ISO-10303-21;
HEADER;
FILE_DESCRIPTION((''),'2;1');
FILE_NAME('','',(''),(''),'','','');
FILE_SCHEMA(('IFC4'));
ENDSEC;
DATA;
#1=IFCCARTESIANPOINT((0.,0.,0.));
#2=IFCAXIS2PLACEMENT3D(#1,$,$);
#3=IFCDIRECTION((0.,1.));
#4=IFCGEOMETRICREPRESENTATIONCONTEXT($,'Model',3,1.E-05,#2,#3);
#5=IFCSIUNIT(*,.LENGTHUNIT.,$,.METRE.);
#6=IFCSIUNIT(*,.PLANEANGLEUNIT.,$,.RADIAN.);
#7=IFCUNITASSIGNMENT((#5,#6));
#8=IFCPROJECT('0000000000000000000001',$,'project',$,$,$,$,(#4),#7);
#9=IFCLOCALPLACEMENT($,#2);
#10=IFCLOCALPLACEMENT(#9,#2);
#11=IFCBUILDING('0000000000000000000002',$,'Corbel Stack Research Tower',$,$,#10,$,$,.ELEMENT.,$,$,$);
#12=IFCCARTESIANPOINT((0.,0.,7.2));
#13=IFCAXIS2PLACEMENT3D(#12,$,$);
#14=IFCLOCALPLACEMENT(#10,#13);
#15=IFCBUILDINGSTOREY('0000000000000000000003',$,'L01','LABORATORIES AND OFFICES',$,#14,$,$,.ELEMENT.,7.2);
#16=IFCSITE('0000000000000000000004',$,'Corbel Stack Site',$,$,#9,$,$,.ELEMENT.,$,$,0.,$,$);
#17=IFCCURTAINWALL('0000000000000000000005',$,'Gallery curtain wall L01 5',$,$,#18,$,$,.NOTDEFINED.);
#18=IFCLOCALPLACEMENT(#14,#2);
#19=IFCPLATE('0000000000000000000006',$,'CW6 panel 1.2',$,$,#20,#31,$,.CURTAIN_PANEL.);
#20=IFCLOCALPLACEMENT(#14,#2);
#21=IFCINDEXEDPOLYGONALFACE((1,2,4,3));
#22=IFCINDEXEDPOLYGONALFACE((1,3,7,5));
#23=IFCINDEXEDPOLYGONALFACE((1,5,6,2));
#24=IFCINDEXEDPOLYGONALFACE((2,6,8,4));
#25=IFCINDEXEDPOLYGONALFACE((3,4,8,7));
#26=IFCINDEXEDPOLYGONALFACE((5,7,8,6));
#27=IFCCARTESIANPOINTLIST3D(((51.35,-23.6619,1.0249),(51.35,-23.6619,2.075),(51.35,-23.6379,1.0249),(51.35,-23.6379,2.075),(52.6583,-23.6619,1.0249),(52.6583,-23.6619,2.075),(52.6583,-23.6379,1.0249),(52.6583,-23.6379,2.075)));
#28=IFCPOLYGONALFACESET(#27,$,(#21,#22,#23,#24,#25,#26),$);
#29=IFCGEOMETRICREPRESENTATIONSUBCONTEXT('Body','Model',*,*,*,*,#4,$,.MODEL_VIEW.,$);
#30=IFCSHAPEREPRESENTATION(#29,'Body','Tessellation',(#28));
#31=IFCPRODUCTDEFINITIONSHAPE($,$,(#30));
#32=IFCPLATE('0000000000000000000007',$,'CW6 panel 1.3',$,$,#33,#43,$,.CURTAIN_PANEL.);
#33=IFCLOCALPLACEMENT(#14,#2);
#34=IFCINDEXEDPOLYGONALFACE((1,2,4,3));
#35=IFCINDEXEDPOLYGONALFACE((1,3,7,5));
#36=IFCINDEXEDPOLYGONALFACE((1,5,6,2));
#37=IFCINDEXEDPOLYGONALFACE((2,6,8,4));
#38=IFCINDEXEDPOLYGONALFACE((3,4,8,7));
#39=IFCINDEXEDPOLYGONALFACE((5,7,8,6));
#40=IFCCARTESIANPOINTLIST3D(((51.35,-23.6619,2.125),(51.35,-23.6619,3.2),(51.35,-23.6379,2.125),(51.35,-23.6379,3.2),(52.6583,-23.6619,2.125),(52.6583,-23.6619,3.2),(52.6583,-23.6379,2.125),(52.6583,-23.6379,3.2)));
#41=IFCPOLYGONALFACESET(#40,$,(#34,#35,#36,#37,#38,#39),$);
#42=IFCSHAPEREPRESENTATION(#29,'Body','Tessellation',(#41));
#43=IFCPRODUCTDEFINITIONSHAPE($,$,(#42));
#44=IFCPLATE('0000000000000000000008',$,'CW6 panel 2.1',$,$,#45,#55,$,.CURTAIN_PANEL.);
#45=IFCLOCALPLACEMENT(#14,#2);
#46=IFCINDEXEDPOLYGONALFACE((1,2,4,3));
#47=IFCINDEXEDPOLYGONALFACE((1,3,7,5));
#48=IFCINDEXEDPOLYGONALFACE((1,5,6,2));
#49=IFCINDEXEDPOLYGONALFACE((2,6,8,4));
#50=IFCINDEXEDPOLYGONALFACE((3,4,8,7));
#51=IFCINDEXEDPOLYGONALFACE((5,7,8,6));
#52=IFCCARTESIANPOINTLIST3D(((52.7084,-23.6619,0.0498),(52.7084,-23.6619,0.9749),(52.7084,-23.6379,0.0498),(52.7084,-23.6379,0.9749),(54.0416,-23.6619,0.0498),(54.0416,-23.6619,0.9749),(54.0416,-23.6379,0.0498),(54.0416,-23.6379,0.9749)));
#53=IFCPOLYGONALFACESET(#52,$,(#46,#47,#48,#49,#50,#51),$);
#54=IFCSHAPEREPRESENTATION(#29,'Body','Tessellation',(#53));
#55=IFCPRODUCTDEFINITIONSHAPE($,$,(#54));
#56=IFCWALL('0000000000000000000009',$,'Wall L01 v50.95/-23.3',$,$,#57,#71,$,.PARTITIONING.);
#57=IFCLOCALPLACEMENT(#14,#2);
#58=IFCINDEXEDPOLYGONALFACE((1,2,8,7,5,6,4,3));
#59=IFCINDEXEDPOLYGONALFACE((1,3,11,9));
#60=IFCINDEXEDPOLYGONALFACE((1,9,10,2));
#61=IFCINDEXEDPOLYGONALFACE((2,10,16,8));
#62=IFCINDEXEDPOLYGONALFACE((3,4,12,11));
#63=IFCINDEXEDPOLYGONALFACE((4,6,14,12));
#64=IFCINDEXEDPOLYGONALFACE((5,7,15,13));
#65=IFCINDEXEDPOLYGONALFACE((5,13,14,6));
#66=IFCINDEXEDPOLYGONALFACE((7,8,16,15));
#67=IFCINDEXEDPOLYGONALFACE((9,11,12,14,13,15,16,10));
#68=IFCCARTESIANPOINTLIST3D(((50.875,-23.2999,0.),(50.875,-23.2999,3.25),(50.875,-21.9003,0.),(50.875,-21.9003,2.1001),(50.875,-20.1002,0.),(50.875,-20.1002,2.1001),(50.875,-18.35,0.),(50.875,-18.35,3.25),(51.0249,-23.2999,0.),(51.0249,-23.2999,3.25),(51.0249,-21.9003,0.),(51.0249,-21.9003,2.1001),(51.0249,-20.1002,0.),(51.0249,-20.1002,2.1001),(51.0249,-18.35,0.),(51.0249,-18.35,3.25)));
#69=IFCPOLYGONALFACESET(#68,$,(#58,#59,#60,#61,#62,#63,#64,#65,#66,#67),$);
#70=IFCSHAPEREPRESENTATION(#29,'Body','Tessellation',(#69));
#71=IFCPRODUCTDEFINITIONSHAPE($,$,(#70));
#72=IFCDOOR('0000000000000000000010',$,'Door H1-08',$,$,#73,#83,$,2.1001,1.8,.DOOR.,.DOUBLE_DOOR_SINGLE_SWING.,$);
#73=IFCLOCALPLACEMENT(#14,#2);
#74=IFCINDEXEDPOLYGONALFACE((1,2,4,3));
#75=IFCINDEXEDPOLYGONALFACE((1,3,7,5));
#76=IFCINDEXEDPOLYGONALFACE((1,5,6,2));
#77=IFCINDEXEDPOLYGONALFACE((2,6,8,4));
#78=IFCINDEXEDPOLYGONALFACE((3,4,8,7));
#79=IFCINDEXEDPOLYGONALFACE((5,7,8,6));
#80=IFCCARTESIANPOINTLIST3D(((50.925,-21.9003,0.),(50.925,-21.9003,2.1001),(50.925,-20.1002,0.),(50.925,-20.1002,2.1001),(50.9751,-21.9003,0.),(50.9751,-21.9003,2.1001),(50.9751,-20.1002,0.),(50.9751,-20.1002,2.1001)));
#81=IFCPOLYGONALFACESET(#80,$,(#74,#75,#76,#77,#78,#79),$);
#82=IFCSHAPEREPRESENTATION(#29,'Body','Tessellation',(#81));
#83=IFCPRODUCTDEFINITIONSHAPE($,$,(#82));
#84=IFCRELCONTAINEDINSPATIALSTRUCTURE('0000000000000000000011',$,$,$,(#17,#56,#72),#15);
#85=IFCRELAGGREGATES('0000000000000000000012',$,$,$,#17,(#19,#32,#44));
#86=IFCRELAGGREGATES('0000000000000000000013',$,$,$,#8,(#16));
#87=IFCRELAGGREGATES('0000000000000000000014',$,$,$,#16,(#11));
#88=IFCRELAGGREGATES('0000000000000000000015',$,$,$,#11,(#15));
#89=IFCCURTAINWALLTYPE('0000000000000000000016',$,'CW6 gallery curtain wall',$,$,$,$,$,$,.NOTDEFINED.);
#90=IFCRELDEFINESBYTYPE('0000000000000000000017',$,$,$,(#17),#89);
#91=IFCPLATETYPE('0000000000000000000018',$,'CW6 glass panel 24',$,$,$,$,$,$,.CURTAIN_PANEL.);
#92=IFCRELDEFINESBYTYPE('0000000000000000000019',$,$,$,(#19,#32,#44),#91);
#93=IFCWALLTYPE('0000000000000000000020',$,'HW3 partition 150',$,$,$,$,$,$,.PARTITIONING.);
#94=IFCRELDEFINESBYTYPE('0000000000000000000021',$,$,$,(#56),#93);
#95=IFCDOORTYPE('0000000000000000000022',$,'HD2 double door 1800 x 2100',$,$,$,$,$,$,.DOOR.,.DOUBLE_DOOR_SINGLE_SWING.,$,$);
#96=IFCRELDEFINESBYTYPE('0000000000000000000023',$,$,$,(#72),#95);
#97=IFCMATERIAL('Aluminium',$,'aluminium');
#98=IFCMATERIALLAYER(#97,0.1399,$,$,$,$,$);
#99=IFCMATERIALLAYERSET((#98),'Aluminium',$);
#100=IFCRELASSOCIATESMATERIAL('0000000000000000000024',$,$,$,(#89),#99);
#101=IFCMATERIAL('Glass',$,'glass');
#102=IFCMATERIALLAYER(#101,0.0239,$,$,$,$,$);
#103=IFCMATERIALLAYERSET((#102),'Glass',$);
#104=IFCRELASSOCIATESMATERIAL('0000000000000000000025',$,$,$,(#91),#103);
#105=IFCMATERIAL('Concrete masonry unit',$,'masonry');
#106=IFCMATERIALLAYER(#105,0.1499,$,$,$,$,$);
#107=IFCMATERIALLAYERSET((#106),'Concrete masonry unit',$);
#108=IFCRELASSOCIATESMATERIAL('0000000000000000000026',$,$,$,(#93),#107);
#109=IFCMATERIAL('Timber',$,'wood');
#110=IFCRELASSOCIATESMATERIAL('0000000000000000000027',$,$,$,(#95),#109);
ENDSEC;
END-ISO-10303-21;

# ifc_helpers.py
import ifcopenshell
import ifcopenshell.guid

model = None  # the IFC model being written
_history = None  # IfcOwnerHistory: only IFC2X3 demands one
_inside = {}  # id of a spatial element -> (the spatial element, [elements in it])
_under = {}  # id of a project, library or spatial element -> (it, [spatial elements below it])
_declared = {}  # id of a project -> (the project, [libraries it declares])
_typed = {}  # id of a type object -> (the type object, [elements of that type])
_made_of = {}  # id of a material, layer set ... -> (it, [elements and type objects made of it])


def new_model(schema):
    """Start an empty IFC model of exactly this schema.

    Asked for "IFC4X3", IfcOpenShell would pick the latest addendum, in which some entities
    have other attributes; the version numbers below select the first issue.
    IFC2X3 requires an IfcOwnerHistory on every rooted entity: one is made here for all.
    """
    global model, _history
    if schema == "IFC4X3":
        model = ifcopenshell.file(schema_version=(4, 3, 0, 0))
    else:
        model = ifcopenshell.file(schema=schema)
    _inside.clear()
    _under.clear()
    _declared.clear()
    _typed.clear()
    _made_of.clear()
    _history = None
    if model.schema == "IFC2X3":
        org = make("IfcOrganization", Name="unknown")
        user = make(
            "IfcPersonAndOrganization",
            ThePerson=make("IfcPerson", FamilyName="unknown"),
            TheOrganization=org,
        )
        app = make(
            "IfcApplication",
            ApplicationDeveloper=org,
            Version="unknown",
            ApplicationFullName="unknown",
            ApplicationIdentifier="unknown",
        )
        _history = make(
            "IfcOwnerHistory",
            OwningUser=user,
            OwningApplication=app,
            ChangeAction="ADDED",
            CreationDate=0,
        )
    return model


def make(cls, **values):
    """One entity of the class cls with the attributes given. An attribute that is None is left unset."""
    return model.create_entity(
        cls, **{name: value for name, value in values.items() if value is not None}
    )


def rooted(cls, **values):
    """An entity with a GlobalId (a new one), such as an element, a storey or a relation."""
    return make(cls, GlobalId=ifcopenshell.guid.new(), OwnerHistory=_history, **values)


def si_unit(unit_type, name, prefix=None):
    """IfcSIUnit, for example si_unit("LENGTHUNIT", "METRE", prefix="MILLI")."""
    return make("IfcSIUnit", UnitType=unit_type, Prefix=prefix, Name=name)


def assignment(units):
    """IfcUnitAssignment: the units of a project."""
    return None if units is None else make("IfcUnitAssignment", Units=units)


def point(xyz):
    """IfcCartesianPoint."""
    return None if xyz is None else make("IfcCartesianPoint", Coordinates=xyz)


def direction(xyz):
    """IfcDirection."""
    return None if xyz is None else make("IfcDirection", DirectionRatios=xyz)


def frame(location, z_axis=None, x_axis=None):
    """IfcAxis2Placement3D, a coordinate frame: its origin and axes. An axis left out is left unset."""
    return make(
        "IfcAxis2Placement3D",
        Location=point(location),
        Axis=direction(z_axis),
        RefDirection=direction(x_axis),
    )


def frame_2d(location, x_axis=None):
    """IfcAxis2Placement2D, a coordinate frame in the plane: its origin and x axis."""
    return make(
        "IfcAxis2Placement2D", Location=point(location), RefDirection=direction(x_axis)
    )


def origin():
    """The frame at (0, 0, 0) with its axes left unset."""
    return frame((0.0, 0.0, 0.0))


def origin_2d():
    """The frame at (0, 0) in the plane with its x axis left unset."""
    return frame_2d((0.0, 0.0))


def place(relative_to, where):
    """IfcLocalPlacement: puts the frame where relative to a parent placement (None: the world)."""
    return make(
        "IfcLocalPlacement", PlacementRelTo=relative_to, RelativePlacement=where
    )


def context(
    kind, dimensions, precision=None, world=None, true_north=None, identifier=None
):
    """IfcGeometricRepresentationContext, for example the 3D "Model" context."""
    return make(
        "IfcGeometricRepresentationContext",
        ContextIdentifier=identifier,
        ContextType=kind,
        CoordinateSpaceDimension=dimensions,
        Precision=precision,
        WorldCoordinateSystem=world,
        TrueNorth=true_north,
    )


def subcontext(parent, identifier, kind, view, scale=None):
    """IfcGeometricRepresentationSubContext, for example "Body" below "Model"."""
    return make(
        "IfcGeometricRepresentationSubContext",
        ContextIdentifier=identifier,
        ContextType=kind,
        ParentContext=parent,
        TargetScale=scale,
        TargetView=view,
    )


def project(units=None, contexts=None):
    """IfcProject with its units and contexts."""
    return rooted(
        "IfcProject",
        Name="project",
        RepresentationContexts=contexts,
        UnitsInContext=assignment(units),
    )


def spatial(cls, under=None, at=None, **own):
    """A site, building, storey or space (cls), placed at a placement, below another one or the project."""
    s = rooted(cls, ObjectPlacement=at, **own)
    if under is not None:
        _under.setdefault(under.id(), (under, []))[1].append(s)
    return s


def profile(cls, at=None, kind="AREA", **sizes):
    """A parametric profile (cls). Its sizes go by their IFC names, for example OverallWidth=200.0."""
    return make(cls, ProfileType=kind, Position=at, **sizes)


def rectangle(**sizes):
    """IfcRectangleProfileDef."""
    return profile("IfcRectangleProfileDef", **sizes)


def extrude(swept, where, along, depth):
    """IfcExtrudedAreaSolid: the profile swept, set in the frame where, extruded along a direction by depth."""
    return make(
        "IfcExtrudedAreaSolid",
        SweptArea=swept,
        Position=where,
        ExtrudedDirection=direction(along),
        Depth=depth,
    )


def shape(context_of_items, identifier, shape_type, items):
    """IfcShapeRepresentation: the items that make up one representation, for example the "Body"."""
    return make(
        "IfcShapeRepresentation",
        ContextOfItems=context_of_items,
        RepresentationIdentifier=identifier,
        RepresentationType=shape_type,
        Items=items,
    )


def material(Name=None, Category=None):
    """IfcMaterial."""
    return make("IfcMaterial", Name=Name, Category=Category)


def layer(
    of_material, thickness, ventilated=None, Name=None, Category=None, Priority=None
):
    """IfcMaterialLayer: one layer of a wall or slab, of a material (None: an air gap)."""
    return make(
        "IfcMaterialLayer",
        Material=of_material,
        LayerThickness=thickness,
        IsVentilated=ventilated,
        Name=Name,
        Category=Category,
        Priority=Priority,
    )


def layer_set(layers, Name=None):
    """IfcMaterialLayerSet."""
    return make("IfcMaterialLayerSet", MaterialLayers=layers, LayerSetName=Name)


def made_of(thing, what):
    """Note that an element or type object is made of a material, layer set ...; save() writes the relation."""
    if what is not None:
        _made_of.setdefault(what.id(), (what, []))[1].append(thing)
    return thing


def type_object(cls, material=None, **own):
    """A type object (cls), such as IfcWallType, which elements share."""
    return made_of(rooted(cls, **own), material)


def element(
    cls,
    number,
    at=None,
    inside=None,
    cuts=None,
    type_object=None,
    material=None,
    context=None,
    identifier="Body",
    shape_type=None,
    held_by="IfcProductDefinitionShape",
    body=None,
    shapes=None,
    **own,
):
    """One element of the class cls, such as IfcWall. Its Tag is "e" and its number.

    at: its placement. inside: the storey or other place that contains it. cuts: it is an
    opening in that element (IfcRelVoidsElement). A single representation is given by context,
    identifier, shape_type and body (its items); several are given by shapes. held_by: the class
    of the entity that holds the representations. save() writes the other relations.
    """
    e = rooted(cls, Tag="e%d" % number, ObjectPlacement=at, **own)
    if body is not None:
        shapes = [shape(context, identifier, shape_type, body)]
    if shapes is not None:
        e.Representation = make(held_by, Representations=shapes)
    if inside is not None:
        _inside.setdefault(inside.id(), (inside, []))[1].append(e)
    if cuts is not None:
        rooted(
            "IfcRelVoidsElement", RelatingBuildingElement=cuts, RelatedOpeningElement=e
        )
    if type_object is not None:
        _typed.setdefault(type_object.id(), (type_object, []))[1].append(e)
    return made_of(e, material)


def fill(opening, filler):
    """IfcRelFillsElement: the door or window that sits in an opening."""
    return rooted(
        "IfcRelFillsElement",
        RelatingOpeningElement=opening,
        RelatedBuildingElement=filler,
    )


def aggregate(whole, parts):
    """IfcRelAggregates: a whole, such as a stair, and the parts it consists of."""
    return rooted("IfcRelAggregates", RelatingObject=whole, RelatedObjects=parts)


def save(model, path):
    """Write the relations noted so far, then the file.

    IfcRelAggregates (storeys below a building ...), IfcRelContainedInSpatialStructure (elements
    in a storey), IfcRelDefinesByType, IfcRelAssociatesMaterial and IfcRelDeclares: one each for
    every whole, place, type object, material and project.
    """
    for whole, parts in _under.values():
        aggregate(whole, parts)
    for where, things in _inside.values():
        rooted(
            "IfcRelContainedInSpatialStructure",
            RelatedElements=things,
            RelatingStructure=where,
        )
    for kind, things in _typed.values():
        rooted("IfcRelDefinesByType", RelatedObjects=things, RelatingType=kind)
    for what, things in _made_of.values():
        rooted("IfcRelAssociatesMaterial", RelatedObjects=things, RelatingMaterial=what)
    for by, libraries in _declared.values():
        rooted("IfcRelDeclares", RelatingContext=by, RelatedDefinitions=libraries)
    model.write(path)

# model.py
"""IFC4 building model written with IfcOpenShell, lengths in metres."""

from ifc_helpers import new_model, si_unit, direction, frame, frame_2d, origin, origin_2d, place, context, subcontext, project, spatial, rectangle, extrude, material, layer, layer_set, type_object, element, fill, aggregate, save


model = new_model("IFC4")

# Units and contexts
model_context = context("Model", 3, precision=1e-05, world=origin(), true_north=direction((0.0, 1.0)))
body_context = subcontext(model_context, "Body", "Model", "MODEL_VIEW")
ifc_project = project(units=[si_unit("LENGTHUNIT", "METRE"), si_unit("PLANEANGLEUNIT", "RADIAN")], contexts=[model_context])

# Site, building, storey
site_placement = place(None, origin())
site = spatial("IfcSite", under=ifc_project, at=site_placement, Name="Corbel Stack Site", CompositionType="ELEMENT", RefElevation=0.0)
building_placement = place(site_placement, origin())
building = spatial("IfcBuilding", under=site, at=building_placement, Name="Corbel Stack Research Tower", CompositionType="ELEMENT")
storey_placement = place(building_placement, frame((0.0, 0.0, 7.2)))
storey = spatial("IfcBuildingStorey", under=building, at=storey_placement, Name="L01", Description="LABORATORIES AND OFFICES", CompositionType="ELEMENT", Elevation=7.2)

# Curtain wall
ifc_material_1 = material(Name="Aluminium", Category="aluminium")
ifc_layer_1 = layer(ifc_material_1, 0.1399)
ifc_layer_set_1 = layer_set([ifc_layer_1], Name="Aluminium")
curtain_wall_type = type_object("IfcCurtainWallType", Name="CW6 gallery curtain wall", PredefinedType="NOTDEFINED", material=ifc_layer_set_1)
curtain_wall_placement = place(storey_placement, origin())
curtain_wall = element("IfcCurtainWall", 1, at=curtain_wall_placement, inside=storey, type_object=curtain_wall_type, Name="Gallery curtain wall L01 5", PredefinedType="NOTDEFINED")

# Plates
ifc_material_2 = material(Name="Glass", Category="glass")
ifc_layer_2 = layer(ifc_material_2, 0.0239)
ifc_layer_set_2 = layer_set([ifc_layer_2], Name="Glass")
plate_type = type_object("IfcPlateType", Name="CW6 glass panel 24", PredefinedType="CURTAIN_PANEL", material=ifc_layer_set_2)
plate_1_placement = place(storey_placement, frame((52.0042, -23.6499, 1.0249), z_axis=(0.0, 0.0, 1.0), x_axis=(1.0, 0.0, 0.0)))
plate_1 = element("IfcPlate", 2, at=plate_1_placement, type_object=plate_type, Name="CW6 panel 1.2", PredefinedType="CURTAIN_PANEL", context=body_context, shape_type="SweptSolid", body=[
    extrude(rectangle(XDim=1.3083, YDim=0.0239, at=origin_2d()), origin(), (0.0, 0.0, 1.0), 1.05),
])
plate_2_placement = place(storey_placement, frame((52.0042, -23.6499, 2.125), z_axis=(0.0, 0.0, 1.0), x_axis=(1.0, 0.0, 0.0)))
plate_2 = element("IfcPlate", 3, at=plate_2_placement, type_object=plate_type, Name="CW6 panel 1.3", PredefinedType="CURTAIN_PANEL", context=body_context, shape_type="SweptSolid", body=[
    extrude(rectangle(XDim=1.3083, YDim=0.0239, at=origin_2d()), origin(), (0.0, 0.0, 1.0), 1.075),
])
plate_3_placement = place(storey_placement, frame((53.375, -23.6499, 0.0498), z_axis=(0.0, 0.0, 1.0), x_axis=(1.0, 0.0, 0.0)))
plate_3 = element("IfcPlate", 4, at=plate_3_placement, type_object=plate_type, Name="CW6 panel 2.1", PredefinedType="CURTAIN_PANEL", context=body_context, shape_type="SweptSolid", body=[
    extrude(rectangle(XDim=1.3333, YDim=0.0239, at=origin_2d()), origin(), (0.0, 0.0, 1.0), 0.925),
])
aggregate(curtain_wall, [plate_1, plate_2, plate_3])

# Wall, opening, door
ifc_material_3 = material(Name="Concrete masonry unit", Category="masonry")
ifc_layer_3 = layer(ifc_material_3, 0.1499)
ifc_layer_set_3 = layer_set([ifc_layer_3], Name="Concrete masonry unit")
wall_type = type_object("IfcWallType", Name="HW3 partition 150", PredefinedType="PARTITIONING", material=ifc_layer_set_3)
wall_placement = place(storey_placement, frame((50.95, -23.3, 0.0), z_axis=(0.0, 0.0, 1.0), x_axis=(0.0, 1.0, 0.0)))
wall = element("IfcWall", 5, at=wall_placement, inside=storey, type_object=wall_type, Name="Wall L01 v50.95/-23.3", PredefinedType="PARTITIONING", context=body_context, shape_type="SweptSolid", body=[
    extrude(rectangle(XDim=4.95, YDim=0.1499, at=frame_2d((2.4751, 0.0))), origin(), (0.0, 0.0, 1.0), 3.25),
])
opening_placement = place(wall_placement, frame((1.3999, 0.0, 0.0)))
opening = element("IfcOpeningElement", 6, at=opening_placement, cuts=wall, PredefinedType="OPENING", context=body_context, shape_type="SweptSolid", body=[
    extrude(rectangle(XDim=1.8, YDim=2.1001, at=frame_2d((0.8999, 1.05))), frame((0.0, 0.085, 0.0), z_axis=(0.0, -1.0, 0.0), x_axis=(1.0, 0.0, 0.0)), (0.0, 0.0, 1.0), 0.1699),
])
ifc_material_4 = material(Name="Timber", Category="wood")
door_type = type_object("IfcDoorType", Name="HD2 double door 1800 x 2100", OperationType="DOUBLE_DOOR_SINGLE_SWING", PredefinedType="DOOR", material=ifc_material_4)
door_placement = place(opening_placement, origin())
door = element("IfcDoor", 7, at=door_placement, inside=storey, type_object=door_type, Name="Door H1-08", OperationType="DOUBLE_DOOR_SINGLE_SWING", OverallHeight=2.1001, OverallWidth=1.8, PredefinedType="DOOR", context=body_context, shape_type="SweptSolid", body=[
    extrude(rectangle(XDim=1.8, YDim=2.1001, at=frame_2d((0.8999, 1.05))), frame((0.0, 0.0249, 0.0), z_axis=(0.0, -1.0, 0.0), x_axis=(1.0, 0.0, 0.0)), (0.0, 0.0, 1.0), 0.05),
])
fill(opening, door)

save(model, "model.ifc")
